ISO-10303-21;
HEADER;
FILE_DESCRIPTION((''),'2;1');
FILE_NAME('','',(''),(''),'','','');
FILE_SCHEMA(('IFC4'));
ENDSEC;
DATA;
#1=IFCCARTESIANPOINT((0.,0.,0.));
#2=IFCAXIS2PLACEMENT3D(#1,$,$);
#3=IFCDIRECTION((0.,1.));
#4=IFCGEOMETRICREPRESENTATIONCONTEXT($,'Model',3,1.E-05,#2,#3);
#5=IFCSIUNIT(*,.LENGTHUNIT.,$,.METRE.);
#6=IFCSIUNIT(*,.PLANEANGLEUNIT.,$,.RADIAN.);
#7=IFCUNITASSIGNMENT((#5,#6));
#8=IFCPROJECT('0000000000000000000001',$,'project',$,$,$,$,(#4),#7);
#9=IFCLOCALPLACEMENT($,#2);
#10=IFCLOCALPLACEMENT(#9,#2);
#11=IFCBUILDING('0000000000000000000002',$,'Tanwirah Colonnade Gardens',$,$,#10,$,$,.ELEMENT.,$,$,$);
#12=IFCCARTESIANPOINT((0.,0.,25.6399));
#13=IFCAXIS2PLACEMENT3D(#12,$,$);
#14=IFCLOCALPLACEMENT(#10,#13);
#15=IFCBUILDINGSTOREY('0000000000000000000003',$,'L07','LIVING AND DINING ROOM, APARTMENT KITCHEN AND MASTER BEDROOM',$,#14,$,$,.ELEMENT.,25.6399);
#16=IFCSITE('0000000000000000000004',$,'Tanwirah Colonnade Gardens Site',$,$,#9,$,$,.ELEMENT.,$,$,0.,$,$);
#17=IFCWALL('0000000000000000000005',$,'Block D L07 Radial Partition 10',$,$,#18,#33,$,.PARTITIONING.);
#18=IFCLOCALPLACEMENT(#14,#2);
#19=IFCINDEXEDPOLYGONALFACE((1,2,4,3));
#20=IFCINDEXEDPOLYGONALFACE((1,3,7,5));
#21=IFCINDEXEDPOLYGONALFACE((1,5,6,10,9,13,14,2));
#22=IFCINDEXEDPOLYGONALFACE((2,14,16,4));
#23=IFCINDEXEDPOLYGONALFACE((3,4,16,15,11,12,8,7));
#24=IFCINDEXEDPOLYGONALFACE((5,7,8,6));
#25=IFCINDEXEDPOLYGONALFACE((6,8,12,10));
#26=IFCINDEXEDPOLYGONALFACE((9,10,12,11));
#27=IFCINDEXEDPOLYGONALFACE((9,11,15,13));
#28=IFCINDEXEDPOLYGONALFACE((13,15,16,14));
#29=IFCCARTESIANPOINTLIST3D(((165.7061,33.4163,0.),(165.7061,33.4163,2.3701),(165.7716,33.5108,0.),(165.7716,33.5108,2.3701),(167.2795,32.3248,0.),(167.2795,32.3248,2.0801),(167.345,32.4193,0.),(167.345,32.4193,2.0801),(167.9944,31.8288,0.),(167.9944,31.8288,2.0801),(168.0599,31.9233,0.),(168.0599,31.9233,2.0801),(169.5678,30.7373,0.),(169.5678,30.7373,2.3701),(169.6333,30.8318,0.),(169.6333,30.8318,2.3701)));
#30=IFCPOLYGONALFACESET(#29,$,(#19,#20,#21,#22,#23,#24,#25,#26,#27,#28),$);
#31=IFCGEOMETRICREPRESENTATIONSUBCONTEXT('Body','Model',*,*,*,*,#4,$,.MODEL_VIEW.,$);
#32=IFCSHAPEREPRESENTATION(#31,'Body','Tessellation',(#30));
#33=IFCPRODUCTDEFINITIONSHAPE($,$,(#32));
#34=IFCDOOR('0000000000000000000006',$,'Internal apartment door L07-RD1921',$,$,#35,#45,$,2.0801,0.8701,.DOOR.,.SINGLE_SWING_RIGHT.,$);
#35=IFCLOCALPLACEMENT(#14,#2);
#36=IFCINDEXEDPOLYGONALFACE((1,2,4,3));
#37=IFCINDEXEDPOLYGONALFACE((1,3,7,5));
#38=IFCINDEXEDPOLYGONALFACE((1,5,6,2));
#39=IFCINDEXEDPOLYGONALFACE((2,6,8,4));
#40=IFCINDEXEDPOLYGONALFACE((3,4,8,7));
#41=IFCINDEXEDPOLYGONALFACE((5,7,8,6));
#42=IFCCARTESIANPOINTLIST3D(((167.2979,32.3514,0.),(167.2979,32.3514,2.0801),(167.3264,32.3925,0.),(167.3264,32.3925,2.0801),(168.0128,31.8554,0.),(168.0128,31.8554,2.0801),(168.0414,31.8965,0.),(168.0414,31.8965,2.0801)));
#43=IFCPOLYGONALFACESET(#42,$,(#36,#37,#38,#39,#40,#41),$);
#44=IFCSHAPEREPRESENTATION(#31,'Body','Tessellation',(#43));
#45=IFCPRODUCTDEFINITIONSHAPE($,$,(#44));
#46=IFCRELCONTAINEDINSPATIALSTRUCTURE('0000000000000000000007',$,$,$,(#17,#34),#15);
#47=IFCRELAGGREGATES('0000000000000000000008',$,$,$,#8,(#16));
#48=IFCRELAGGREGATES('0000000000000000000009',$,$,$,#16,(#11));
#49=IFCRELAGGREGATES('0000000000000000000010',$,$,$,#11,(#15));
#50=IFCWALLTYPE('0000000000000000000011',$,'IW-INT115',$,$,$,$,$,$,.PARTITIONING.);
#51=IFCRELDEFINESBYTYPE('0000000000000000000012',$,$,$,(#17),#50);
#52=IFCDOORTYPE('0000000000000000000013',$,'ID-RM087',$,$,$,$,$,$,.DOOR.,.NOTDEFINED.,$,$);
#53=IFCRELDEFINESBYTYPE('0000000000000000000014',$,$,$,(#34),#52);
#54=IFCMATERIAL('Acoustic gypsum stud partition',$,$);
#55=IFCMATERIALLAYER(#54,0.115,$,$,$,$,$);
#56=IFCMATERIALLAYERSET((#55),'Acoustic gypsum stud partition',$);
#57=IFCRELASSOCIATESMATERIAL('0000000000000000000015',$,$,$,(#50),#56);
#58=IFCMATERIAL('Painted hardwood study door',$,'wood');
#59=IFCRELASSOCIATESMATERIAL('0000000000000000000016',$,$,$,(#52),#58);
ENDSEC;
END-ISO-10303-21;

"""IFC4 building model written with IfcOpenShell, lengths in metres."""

from ifc_helpers import new_model, si_unit, direction, frame, frame_2d, origin, place, context, subcontext, project, spatial, rectangle, extrude, material, layer, layer_set, type_object, element, fill, save


model = new_model("IFC4")

# Units and contexts
model_context = context("Model", 3, precision=1e-05, world=origin(), true_north=direction((0.0, 1.0)))
body_context = subcontext(model_context, "Body", "Model", "MODEL_VIEW")
ifc_project = project(units=[si_unit("LENGTHUNIT", "METRE"), si_unit("PLANEANGLEUNIT", "RADIAN")], contexts=[model_context])

# Site, building, storey
site_placement = place(None, origin())
site = spatial("IfcSite", under=ifc_project, at=site_placement, Name="Tanwirah Colonnade Gardens Site", CompositionType="ELEMENT", RefElevation=0.0)
building_placement = place(site_placement, origin())
building = spatial("IfcBuilding", under=site, at=building_placement, Name="Tanwirah Colonnade Gardens", CompositionType="ELEMENT")
storey_placement = place(building_placement, frame((0.0, 0.0, 25.6399)))
storey = spatial("IfcBuildingStorey", under=building, at=storey_placement, Name="L07", Description="LIVING AND DINING ROOM, APARTMENT KITCHEN AND MASTER BEDROOM", CompositionType="ELEMENT", Elevation=25.6399)

# Wall, opening, door
ifc_material_1 = material(Name="Acoustic gypsum stud partition")
ifc_layer_1 = layer(ifc_material_1, 0.115)
ifc_layer_set_1 = layer_set([ifc_layer_1], Name="Acoustic gypsum stud partition")
wall_type_1 = type_object("IfcWallType", Name="IW-INT115", PredefinedType="PARTITIONING", material=ifc_layer_set_1)
wall_1_placement = place(storey_placement, frame((165.7388, 33.4636, 0.0), z_axis=(0.0, 0.0, 1.0), x_axis=(0.821638, -0.570009, 0.0)))
wall_1 = element("IfcWall", 1, at=wall_1_placement, inside=storey, type_object=wall_type_1, Name="Block D L07 Radial Partition 10", PredefinedType="PARTITIONING", context=body_context, shape_type="SweptSolid", body=[
    extrude(rectangle(XDim=4.7, YDim=0.115, at=frame_2d((2.3501, 0.0))), origin(), (0.0, 0.0, 1.0), 2.3701),
])
opening_1_placement = place(wall_1_placement, frame((1.915, 0.0, 0.0)))
opening_1 = element("IfcOpeningElement", 2, at=opening_1_placement, cuts=wall_1, PredefinedType="OPENING", context=body_context, shape_type="SweptSolid", body=[
    extrude(rectangle(XDim=0.8701, YDim=2.0801, at=frame_2d((0.4351, 1.04))), frame((0.0, 0.0674, 0.0), z_axis=(0.0, -1.0, 0.0), x_axis=(1.0, 0.0, 0.0)), (0.0, 0.0, 1.0), 0.135),
])
ifc_material_2 = material(Name="Painted hardwood study door", Category="wood")
door_type_1 = type_object("IfcDoorType", Name="ID-RM087", OperationType="NOTDEFINED", PredefinedType="DOOR", material=ifc_material_2)
door_1_placement = place(opening_1_placement, origin())
door_1 = element("IfcDoor", 3, at=door_1_placement, inside=storey, type_object=door_type_1, Name="Internal apartment door L07-RD1921", OperationType="SINGLE_SWING_RIGHT", OverallHeight=2.0801, OverallWidth=0.8701, PredefinedType="DOOR", context=body_context, shape_type="SweptSolid", body=[
    extrude(rectangle(XDim=0.8701, YDim=2.0801, at=frame_2d((0.4351, 1.04))), frame((0.0, 0.0249, 0.0), z_axis=(0.0, -1.0, 0.0), x_axis=(1.0, 0.0, 0.0)), (0.0, 0.0, 1.0), 0.05),
])
fill(opening_1, door_1)

save(model, "model.ifc")
